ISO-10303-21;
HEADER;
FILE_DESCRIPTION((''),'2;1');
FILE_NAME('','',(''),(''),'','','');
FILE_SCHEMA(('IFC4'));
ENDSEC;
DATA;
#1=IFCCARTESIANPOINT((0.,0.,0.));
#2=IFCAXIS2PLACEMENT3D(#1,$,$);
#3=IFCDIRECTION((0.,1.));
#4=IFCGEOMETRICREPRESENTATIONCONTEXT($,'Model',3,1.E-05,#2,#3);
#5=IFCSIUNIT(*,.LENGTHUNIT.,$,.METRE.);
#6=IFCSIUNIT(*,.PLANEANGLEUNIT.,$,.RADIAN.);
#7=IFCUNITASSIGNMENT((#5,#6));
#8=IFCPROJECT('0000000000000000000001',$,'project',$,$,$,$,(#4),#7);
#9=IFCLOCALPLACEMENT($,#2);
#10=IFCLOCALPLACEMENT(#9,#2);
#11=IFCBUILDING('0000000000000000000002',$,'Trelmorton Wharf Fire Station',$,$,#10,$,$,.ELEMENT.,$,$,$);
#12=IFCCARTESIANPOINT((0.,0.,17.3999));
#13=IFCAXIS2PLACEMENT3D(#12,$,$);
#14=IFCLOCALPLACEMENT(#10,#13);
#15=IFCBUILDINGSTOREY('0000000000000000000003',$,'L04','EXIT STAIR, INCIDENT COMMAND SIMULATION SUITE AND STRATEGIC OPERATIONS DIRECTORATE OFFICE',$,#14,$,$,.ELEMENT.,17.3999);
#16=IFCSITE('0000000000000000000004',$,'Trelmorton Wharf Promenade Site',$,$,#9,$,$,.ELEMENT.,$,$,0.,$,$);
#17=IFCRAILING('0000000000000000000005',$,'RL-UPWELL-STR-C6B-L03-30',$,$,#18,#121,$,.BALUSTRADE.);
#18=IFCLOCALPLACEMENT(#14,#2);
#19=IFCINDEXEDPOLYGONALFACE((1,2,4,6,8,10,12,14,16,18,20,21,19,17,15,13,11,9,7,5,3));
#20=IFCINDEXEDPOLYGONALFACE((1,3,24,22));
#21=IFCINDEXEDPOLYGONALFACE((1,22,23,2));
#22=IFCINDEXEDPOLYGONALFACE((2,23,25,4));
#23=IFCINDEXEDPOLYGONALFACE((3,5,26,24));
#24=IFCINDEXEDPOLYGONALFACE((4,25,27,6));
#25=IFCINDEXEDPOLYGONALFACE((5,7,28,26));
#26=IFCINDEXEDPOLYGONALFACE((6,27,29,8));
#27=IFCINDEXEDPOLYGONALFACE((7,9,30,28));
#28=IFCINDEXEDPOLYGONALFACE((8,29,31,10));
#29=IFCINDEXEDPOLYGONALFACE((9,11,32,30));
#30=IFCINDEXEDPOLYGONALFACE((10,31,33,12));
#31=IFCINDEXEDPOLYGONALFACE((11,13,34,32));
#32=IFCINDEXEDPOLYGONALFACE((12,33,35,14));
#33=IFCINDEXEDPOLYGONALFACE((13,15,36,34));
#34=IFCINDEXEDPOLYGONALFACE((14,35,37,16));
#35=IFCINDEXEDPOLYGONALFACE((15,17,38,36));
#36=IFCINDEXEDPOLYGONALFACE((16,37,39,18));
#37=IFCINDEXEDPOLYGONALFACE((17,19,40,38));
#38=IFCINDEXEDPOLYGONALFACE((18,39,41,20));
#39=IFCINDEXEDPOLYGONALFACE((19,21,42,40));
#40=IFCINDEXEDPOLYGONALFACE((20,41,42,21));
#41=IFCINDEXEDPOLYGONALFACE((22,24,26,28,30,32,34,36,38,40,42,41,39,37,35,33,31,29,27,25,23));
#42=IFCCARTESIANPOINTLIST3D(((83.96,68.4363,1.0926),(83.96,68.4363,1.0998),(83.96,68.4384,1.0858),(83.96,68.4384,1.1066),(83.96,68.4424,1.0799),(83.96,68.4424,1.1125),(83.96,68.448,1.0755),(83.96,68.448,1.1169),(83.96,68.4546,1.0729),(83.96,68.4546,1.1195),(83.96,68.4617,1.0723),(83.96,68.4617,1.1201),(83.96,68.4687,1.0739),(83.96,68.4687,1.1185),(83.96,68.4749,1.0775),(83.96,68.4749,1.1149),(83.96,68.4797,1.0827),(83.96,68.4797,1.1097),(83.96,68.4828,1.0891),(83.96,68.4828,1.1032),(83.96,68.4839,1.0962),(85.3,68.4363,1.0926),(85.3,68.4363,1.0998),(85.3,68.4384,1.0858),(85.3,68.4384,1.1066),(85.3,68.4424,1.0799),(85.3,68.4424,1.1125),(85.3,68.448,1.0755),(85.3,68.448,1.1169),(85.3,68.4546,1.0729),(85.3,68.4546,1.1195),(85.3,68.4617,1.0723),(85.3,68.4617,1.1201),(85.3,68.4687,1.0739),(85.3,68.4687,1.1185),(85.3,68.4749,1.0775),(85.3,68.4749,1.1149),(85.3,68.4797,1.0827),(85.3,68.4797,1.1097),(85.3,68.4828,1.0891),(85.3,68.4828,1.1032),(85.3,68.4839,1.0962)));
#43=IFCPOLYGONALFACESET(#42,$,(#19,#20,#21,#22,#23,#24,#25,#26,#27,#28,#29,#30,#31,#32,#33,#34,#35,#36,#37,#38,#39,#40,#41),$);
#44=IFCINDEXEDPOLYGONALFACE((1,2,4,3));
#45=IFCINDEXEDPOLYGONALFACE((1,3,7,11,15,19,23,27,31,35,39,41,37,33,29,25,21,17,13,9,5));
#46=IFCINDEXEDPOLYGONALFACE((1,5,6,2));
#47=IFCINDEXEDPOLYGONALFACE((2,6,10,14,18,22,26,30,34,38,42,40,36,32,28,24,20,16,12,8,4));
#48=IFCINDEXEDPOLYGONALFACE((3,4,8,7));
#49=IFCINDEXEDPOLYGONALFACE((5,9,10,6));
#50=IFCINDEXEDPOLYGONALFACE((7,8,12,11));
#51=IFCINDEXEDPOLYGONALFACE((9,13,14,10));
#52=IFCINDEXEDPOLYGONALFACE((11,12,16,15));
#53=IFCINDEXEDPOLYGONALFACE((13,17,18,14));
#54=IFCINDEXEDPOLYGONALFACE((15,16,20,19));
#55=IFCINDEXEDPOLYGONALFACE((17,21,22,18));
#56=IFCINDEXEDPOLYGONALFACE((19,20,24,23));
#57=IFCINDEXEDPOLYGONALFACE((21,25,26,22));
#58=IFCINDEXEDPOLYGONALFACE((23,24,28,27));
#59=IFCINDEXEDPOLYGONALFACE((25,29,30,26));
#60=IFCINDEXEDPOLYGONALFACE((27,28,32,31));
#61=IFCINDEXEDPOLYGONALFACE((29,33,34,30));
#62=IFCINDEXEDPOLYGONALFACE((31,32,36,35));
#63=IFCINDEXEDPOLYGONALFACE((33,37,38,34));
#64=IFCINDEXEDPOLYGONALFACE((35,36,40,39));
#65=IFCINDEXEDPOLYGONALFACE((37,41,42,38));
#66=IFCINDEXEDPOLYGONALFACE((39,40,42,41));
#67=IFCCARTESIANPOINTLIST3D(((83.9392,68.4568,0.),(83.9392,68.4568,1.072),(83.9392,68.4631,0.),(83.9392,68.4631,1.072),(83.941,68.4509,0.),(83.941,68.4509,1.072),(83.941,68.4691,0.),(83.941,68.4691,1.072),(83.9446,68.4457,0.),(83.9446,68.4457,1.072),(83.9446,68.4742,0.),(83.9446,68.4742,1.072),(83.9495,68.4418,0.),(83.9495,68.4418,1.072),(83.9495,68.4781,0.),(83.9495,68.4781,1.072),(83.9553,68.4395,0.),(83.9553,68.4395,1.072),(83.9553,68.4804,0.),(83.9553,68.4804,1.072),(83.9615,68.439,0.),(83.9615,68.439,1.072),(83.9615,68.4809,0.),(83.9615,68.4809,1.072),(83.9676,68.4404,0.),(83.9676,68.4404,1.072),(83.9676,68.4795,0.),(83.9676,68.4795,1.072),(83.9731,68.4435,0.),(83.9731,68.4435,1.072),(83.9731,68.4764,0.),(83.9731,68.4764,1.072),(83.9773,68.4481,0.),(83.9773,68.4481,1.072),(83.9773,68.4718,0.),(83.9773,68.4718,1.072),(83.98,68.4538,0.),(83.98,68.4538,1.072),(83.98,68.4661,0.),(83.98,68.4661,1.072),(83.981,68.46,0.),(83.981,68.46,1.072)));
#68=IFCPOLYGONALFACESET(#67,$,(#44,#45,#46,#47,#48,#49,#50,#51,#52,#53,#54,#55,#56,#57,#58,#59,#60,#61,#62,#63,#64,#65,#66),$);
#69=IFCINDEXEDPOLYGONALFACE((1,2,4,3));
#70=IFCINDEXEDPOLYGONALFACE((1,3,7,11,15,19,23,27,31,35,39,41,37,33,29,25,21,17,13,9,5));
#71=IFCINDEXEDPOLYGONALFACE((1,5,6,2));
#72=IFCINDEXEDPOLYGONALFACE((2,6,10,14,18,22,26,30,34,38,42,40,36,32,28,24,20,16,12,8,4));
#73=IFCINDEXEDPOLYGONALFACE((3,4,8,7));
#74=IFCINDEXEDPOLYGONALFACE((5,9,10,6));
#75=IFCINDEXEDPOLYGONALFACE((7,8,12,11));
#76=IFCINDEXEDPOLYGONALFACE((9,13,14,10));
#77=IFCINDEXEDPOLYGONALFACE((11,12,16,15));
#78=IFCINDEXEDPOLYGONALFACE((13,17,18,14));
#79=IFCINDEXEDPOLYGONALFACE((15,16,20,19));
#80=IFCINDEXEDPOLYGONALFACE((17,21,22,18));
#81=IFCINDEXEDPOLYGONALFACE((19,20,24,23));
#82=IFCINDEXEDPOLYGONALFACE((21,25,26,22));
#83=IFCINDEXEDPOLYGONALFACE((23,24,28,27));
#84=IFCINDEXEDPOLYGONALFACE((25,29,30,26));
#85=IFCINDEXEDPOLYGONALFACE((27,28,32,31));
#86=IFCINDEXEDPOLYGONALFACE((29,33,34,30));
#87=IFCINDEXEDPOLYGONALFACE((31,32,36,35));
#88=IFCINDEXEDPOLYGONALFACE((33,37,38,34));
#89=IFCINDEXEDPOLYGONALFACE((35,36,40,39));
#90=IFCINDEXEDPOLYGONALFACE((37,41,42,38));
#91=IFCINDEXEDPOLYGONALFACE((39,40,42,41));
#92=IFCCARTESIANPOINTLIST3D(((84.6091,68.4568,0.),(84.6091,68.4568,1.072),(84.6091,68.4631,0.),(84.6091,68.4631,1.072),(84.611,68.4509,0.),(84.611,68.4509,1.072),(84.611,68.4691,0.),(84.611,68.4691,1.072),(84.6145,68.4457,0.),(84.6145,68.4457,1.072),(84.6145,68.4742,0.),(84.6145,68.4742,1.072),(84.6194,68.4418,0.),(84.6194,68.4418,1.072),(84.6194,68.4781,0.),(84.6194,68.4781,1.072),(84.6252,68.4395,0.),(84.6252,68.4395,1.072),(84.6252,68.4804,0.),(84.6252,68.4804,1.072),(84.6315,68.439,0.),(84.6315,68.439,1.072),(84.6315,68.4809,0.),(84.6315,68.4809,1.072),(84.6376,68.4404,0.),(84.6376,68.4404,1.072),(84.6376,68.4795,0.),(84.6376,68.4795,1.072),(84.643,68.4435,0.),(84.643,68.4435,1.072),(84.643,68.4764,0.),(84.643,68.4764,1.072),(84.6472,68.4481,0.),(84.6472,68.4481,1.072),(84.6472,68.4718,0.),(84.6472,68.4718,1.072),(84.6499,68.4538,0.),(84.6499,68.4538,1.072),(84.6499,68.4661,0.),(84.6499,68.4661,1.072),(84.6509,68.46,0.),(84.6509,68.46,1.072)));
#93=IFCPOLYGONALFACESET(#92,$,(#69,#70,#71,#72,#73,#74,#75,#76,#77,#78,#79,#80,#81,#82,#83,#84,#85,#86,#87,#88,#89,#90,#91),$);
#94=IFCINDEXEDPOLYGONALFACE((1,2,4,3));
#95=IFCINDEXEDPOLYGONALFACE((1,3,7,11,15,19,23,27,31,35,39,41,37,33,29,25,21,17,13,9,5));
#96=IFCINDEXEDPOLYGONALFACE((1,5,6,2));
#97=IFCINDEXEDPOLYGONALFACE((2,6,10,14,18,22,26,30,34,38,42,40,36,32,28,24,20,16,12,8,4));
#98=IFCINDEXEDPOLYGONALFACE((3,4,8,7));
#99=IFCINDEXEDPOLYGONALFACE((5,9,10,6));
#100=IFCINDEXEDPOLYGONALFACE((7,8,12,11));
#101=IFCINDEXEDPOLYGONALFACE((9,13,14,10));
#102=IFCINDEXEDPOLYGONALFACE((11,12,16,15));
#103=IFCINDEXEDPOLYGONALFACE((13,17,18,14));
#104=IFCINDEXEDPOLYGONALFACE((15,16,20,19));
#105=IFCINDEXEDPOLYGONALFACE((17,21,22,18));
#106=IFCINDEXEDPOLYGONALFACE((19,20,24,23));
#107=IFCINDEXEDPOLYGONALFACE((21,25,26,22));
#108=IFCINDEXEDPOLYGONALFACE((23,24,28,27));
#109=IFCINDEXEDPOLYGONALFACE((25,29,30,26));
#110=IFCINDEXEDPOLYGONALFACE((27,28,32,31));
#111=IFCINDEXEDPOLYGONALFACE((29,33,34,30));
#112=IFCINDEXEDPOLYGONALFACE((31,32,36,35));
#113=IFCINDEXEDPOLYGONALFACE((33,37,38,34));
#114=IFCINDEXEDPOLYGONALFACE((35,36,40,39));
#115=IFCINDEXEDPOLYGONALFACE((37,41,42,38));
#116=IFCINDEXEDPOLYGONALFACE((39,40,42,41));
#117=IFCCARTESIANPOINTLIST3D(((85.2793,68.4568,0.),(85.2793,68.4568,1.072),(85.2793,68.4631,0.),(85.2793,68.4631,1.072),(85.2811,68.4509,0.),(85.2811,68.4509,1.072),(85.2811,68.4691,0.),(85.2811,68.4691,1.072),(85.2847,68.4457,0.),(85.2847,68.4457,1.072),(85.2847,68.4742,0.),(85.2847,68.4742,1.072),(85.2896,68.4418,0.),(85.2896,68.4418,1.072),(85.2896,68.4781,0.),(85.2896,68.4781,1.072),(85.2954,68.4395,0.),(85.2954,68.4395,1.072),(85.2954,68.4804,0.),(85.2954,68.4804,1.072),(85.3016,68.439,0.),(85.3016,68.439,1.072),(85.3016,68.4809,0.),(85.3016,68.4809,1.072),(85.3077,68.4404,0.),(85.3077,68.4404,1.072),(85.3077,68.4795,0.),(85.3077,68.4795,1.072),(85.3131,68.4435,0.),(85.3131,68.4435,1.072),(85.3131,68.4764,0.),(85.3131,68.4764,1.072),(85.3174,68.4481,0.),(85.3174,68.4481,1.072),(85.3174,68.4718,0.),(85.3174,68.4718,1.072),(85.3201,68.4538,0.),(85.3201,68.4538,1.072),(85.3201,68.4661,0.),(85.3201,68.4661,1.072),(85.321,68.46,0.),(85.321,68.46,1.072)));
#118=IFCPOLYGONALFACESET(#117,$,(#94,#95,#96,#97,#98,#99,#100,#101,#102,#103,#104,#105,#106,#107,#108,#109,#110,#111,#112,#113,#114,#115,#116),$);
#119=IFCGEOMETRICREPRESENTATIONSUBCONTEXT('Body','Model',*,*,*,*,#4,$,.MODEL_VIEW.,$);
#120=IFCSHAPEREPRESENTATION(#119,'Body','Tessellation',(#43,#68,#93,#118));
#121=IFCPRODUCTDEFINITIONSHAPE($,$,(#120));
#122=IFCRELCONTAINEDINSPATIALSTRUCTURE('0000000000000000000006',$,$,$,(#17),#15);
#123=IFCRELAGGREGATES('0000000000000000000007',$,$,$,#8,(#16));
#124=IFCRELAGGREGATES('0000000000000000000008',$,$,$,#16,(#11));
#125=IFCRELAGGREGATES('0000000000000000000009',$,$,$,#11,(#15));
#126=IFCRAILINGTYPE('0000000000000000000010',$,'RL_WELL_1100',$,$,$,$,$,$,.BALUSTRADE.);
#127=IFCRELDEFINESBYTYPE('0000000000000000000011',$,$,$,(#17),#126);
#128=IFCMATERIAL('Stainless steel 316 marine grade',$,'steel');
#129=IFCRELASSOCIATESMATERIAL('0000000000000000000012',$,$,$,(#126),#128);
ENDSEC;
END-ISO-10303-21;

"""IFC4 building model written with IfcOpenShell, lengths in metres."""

from ifc_helpers import new_model, si_unit, direction, frame, origin, origin_2d, place, context, subcontext, project, spatial, circle, extrude, material, type_object, element, save


model = new_model("IFC4")

# Units and contexts
model_context = context("Model", 3, precision=1e-05, world=origin(), true_north=direction((0.0, 1.0)))
body_context = subcontext(model_context, "Body", "Model", "MODEL_VIEW")
ifc_project = project(units=[si_unit("LENGTHUNIT", "METRE"), si_unit("PLANEANGLEUNIT", "RADIAN")], contexts=[model_context])

# Site, building, storey
site_placement = place(None, origin())
site = spatial("IfcSite", under=ifc_project, at=site_placement, Name="Trelmorton Wharf Promenade Site", CompositionType="ELEMENT", RefElevation=0.0)
building_placement = place(site_placement, origin())
building = spatial("IfcBuilding", under=site, at=building_placement, Name="Trelmorton Wharf Fire Station", CompositionType="ELEMENT")
storey_placement = place(building_placement, frame((0.0, 0.0, 17.3999)))
storey = spatial("IfcBuildingStorey", under=building, at=storey_placement, Name="L04", Description="EXIT STAIR, INCIDENT COMMAND SIMULATION SUITE AND STRATEGIC OPERATIONS DIRECTORATE OFFICE", CompositionType="ELEMENT", Elevation=17.3999)

# Railing
ifc_material_1 = material(Name="Stainless steel 316 marine grade", Category="steel")
railing_type = type_object("IfcRailingType", Name="RL_WELL_1100", PredefinedType="BALUSTRADE", material=ifc_material_1)
railing_1_placement = place(storey_placement, frame((83.96, 68.46, 0.0)))
element("IfcRailing", 1, at=railing_1_placement, inside=storey, type_object=railing_type, Name="RL-UPWELL-STR-C6B-L03-30", PredefinedType="BALUSTRADE", context=body_context, shape_type="SweptSolid", body=[
    extrude(circle(Radius=0.0239, at=origin_2d()), frame((0.0, 0.0, 1.0962), z_axis=(1.0, 0.0, 0.0), x_axis=(0.0, 1.0, 0.0)), (0.0, 0.0, 1.0), 1.3401),
    extrude(circle(Radius=0.021, at=origin_2d()), origin(), (0.0, 0.0, 1.0), 1.072),
    extrude(circle(Radius=0.021, at=origin_2d()), frame((0.6699, 0.0, 0.0)), (0.0, 0.0, 1.0), 1.072),
    extrude(circle(Radius=0.021, at=origin_2d()), frame((1.3401, 0.0, 0.0)), (0.0, 0.0, 1.0), 1.072),
])

save(model, "model.ifc")
